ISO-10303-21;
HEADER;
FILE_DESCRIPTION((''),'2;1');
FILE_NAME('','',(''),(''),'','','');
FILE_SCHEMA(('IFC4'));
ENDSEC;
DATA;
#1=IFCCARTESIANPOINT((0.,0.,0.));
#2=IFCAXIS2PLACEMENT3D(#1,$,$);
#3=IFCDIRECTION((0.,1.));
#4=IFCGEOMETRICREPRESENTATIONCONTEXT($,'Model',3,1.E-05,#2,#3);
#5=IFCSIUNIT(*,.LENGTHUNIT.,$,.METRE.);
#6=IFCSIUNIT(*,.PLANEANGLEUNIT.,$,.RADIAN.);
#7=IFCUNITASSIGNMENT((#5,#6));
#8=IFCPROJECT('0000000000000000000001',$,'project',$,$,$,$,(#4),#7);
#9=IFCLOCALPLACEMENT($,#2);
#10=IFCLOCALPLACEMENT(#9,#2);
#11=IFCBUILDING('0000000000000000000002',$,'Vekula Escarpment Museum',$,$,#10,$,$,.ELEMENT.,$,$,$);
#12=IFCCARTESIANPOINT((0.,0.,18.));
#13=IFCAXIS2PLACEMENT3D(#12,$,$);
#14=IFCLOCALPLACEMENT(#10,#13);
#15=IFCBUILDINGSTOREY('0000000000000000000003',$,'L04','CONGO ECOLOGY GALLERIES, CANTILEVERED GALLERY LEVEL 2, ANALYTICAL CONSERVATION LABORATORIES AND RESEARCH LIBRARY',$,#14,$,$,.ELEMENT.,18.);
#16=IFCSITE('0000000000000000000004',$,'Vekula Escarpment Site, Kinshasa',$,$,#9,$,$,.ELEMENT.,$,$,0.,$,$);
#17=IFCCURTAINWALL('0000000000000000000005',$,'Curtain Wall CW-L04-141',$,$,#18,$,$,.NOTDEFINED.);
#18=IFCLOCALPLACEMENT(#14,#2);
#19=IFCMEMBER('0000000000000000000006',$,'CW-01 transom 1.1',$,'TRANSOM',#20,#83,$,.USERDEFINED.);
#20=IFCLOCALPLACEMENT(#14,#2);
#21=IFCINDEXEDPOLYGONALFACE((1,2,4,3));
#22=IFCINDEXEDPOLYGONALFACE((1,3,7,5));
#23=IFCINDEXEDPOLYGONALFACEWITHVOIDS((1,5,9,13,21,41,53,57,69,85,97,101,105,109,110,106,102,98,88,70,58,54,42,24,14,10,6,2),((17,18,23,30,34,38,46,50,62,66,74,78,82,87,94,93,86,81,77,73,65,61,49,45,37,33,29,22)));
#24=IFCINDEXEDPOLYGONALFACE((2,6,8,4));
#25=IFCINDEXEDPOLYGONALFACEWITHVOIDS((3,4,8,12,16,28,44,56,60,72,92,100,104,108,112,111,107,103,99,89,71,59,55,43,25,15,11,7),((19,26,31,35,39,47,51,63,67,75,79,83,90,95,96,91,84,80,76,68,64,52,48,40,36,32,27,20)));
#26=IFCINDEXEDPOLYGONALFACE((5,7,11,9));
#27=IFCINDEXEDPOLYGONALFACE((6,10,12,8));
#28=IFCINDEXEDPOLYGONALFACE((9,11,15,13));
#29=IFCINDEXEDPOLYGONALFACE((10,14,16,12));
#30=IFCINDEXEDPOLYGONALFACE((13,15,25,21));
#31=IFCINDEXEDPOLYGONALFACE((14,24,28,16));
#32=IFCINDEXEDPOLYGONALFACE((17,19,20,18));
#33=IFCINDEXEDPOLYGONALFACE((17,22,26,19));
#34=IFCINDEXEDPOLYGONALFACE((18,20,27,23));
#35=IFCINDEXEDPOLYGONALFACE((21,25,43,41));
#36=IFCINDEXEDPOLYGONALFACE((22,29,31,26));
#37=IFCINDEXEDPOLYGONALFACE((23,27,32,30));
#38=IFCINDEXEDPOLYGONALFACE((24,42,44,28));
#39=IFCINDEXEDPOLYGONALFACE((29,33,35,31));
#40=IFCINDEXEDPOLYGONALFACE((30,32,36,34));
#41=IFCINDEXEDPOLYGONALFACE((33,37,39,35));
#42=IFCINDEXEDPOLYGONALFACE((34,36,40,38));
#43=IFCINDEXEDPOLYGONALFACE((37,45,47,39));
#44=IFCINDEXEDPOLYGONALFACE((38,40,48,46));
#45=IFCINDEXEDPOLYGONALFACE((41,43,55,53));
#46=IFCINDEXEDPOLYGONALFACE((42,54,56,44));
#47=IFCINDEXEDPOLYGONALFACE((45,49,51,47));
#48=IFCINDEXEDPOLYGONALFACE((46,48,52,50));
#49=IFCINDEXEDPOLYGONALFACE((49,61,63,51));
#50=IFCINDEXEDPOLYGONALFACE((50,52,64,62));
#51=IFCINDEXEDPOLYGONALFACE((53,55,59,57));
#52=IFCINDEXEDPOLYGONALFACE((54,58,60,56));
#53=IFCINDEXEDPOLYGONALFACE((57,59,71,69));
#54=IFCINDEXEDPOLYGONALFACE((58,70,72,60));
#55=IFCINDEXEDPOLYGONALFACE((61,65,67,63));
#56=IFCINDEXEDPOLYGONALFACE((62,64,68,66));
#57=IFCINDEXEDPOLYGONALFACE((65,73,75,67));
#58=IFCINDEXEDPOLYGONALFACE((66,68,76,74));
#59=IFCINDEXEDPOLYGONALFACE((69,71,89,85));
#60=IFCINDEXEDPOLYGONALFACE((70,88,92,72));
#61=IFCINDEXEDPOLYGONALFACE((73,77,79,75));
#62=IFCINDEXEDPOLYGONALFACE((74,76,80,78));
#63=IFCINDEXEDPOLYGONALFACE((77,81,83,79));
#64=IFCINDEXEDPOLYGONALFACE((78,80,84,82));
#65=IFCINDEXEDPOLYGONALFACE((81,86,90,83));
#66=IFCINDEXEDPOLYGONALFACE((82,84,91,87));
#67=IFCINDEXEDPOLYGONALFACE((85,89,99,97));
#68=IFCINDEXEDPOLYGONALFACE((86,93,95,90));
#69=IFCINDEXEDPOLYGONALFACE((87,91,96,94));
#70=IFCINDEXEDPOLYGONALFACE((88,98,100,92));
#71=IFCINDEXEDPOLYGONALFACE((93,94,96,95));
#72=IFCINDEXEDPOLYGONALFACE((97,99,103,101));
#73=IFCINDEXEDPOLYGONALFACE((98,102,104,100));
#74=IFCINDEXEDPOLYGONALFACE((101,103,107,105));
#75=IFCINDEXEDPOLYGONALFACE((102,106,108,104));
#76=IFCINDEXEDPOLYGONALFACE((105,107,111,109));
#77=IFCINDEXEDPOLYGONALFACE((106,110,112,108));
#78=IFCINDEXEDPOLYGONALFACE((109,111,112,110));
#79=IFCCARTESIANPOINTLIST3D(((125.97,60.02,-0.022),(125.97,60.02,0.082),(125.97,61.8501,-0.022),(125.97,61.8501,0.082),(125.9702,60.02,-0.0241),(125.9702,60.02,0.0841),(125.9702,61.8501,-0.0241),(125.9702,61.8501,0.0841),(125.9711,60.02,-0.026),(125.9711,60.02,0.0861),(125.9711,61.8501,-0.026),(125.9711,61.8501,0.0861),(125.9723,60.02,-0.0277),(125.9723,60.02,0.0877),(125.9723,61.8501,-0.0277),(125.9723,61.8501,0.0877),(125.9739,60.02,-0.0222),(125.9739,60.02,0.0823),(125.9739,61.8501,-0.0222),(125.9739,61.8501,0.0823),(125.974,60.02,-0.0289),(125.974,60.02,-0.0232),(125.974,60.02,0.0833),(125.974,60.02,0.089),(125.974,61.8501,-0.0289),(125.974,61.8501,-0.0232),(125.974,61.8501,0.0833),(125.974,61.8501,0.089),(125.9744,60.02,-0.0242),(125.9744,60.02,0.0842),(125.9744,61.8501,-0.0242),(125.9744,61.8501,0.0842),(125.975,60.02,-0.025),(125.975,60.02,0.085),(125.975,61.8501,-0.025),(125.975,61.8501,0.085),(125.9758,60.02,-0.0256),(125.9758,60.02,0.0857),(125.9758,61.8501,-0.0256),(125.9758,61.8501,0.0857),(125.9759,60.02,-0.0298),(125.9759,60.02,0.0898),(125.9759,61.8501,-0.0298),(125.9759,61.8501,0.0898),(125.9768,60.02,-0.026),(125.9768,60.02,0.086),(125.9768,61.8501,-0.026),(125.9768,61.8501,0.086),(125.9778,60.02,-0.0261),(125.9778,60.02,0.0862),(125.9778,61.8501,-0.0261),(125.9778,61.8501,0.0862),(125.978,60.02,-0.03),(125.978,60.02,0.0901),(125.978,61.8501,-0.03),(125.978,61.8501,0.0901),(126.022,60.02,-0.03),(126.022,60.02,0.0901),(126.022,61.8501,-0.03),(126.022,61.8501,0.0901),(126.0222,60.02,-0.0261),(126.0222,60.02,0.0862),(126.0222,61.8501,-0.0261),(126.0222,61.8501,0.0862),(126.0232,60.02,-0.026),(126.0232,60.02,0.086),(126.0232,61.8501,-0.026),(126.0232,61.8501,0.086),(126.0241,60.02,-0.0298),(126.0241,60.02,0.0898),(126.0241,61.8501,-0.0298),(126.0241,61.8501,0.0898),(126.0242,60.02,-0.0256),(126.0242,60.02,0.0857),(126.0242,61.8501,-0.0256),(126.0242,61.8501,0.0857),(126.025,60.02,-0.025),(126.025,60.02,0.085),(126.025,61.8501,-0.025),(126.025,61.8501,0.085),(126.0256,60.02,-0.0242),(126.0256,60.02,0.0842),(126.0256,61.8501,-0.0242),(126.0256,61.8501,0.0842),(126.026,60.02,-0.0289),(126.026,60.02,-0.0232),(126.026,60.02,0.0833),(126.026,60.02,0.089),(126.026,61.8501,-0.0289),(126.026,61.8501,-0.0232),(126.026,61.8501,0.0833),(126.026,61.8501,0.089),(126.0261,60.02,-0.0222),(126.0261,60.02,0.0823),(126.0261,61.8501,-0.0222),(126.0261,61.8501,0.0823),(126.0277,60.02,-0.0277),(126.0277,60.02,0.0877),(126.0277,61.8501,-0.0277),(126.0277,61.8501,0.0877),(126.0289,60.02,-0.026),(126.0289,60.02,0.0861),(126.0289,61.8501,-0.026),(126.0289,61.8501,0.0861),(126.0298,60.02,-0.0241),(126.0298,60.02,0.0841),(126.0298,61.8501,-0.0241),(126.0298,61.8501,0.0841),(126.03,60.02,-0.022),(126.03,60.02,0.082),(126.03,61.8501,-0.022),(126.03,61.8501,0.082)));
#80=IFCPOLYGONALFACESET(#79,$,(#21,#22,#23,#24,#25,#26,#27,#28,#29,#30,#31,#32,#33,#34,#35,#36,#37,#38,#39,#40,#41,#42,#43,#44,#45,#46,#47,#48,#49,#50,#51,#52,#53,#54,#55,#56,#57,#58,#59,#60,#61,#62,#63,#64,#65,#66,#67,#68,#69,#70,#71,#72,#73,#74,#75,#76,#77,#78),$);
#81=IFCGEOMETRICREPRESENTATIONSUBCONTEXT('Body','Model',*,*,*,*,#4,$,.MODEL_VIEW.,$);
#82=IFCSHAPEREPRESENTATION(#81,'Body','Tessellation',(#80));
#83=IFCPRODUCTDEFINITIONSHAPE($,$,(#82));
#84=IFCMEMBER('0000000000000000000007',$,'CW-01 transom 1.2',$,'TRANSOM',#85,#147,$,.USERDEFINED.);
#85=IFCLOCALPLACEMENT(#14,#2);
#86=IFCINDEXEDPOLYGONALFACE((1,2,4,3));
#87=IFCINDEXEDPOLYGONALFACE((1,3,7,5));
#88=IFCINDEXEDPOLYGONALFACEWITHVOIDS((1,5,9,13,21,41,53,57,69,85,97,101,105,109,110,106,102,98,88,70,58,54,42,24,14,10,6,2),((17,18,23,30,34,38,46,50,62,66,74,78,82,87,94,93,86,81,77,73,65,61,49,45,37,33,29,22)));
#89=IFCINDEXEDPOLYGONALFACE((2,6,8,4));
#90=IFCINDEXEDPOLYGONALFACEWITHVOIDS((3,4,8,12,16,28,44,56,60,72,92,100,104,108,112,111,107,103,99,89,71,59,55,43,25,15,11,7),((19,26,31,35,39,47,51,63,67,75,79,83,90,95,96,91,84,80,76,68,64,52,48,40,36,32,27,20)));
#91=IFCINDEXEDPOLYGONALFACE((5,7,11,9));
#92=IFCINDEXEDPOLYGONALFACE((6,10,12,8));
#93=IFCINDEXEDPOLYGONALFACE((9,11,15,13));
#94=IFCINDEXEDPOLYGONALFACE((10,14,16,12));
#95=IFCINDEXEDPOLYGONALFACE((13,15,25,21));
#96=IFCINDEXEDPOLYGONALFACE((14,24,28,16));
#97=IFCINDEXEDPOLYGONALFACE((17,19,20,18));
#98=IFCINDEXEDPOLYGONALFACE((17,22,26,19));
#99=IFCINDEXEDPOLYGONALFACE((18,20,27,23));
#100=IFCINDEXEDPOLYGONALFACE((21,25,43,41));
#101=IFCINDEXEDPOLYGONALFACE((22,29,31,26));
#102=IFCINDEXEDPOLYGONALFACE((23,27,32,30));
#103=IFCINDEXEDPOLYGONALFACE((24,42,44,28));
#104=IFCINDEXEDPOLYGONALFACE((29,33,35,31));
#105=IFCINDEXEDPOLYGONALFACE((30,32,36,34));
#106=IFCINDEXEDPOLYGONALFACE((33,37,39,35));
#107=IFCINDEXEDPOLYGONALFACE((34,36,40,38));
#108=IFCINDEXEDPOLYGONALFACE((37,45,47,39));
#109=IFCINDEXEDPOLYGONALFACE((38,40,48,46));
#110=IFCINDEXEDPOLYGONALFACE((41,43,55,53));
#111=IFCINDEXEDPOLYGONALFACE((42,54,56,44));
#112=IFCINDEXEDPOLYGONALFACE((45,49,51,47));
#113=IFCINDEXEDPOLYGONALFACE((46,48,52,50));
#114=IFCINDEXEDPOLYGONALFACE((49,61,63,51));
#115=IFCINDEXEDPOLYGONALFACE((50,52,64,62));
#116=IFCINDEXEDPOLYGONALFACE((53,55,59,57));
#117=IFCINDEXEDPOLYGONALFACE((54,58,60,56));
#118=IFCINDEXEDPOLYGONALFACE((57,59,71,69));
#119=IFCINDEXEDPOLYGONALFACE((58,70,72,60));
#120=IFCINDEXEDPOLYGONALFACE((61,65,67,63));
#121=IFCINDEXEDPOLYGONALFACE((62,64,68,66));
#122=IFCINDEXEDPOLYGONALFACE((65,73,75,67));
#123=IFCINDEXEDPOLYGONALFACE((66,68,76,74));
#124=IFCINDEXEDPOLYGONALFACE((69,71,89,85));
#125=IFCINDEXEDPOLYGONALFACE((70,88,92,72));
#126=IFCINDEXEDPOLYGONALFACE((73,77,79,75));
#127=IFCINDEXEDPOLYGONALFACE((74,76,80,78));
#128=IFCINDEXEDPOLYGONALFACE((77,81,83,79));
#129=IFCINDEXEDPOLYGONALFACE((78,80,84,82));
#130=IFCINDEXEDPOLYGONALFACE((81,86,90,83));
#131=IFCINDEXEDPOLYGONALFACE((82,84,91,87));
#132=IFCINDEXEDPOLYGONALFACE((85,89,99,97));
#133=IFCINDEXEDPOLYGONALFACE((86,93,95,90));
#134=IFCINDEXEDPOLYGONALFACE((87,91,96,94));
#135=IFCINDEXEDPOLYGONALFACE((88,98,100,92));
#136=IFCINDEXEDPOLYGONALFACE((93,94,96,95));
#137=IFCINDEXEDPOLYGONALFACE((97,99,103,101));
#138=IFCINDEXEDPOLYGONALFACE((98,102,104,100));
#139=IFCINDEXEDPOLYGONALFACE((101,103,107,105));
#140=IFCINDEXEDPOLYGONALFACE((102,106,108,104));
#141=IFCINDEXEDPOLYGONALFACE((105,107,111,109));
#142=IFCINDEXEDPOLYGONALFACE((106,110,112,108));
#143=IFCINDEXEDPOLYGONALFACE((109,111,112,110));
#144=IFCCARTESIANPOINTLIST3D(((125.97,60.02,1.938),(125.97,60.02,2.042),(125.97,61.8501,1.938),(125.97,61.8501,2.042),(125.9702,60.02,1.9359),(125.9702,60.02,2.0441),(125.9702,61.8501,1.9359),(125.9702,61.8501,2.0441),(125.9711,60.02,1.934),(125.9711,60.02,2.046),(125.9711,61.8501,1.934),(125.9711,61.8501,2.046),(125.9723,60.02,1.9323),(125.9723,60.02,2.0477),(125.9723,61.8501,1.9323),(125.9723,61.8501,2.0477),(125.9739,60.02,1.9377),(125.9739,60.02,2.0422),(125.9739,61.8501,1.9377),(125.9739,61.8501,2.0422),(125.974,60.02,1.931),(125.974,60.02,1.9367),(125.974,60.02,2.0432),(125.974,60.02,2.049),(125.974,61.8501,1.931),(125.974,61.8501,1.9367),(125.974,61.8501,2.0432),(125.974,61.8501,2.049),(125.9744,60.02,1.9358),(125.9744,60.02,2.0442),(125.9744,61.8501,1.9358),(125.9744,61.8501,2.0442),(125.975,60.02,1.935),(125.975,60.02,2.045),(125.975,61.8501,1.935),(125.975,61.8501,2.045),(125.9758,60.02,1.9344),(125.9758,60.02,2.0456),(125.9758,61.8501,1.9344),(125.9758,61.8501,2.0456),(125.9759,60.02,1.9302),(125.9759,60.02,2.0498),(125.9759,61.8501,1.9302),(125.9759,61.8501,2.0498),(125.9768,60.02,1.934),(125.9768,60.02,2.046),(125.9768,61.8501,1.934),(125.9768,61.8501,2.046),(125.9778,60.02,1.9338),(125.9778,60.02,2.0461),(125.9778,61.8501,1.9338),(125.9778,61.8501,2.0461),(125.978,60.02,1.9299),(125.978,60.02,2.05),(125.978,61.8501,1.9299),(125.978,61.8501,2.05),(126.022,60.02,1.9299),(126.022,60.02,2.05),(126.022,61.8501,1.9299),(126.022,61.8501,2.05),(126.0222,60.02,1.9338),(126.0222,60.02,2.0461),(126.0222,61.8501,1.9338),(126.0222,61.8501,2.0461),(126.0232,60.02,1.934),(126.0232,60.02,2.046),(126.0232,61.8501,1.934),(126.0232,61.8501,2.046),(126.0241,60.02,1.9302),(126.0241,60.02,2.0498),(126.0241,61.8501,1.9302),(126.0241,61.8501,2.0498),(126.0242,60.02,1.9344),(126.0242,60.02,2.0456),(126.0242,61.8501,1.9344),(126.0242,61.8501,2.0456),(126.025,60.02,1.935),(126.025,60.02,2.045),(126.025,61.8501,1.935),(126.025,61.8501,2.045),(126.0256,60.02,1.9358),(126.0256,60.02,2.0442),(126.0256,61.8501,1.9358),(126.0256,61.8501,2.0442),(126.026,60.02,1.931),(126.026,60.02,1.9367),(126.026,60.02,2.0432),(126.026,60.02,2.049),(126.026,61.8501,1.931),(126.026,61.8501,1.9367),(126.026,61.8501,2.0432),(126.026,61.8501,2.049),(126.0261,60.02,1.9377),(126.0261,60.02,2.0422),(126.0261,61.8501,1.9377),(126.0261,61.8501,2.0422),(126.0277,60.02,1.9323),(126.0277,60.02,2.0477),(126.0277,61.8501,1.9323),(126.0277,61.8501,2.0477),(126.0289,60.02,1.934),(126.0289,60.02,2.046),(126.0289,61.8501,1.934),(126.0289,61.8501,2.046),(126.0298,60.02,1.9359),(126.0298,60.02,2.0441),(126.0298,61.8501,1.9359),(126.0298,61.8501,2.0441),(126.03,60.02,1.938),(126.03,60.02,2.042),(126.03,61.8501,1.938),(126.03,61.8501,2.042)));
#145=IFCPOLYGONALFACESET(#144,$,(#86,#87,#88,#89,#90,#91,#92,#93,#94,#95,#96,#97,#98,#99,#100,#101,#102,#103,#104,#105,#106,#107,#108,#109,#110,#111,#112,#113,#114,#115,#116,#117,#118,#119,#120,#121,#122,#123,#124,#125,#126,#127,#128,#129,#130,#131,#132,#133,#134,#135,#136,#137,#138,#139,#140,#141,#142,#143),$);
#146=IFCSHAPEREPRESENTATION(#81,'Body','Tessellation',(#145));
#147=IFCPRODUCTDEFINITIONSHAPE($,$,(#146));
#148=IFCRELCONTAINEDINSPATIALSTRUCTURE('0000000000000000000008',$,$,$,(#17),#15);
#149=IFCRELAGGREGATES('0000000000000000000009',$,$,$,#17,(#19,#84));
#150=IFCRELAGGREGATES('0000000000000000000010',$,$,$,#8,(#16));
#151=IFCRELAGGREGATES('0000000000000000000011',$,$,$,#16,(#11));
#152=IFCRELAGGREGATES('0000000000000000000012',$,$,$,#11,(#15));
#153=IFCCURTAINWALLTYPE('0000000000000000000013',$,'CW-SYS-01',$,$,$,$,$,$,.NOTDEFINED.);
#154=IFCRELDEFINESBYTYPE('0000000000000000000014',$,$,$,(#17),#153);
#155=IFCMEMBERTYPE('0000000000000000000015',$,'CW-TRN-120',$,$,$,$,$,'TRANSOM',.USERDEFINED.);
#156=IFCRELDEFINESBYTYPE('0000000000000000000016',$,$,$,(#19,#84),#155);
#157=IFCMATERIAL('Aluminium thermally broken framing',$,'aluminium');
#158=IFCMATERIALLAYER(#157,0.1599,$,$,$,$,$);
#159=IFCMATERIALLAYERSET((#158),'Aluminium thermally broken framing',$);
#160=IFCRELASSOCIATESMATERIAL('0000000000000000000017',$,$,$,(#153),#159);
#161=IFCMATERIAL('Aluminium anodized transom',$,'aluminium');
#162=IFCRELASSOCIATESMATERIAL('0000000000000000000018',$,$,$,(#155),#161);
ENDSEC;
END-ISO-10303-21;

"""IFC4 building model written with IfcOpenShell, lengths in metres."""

from ifc_helpers import new_model, si_unit, direction, frame, origin, origin_2d, place, context, subcontext, project, spatial, hollow_rectangle, extrude, material, layer, layer_set, material_profile, profile_set, type_object, element, aggregate, save


model = new_model("IFC4")

# Units and contexts
model_context = context("Model", 3, precision=1e-05, world=origin(), true_north=direction((0.0, 1.0)))
body_context = subcontext(model_context, "Body", "Model", "MODEL_VIEW")
ifc_project = project(units=[si_unit("LENGTHUNIT", "METRE"), si_unit("PLANEANGLEUNIT", "RADIAN")], contexts=[model_context])

# Site, building, storey
site_placement = place(None, origin())
site = spatial("IfcSite", under=ifc_project, at=site_placement, Name="Vekula Escarpment Site, Kinshasa", CompositionType="ELEMENT", RefElevation=0.0)
building_placement = place(site_placement, origin())
building = spatial("IfcBuilding", under=site, at=building_placement, Name="Vekula Escarpment Museum", CompositionType="ELEMENT")
storey_placement = place(building_placement, frame((0.0, 0.0, 18.0)))
storey = spatial("IfcBuildingStorey", under=building, at=storey_placement, Name="L04", Description="CONGO ECOLOGY GALLERIES, CANTILEVERED GALLERY LEVEL 2, ANALYTICAL CONSERVATION LABORATORIES AND RESEARCH LIBRARY", CompositionType="ELEMENT", Elevation=18.0)

# Curtain wall, members
ifc_material_1 = material(Name="Aluminium thermally broken framing", Category="aluminium")
ifc_layer_1 = layer(ifc_material_1, 0.1599)
ifc_layer_set_1 = layer_set([ifc_layer_1], Name="Aluminium thermally broken framing")
curtain_wall_type = type_object("IfcCurtainWallType", Name="CW-SYS-01", PredefinedType="NOTDEFINED", material=ifc_layer_set_1)
curtain_wall_placement = place(storey_placement, origin())
curtain_wall = element("IfcCurtainWall", 1, at=curtain_wall_placement, inside=storey, type_object=curtain_wall_type, Name="Curtain Wall CW-L04-141", PredefinedType="NOTDEFINED")
ifc_material_2 = material(Name="Aluminium anodized transom", Category="aluminium")
ifc_material_profile_1 = material_profile(ifc_material_2, hollow_rectangle(XDim=0.0601, YDim=0.1201, WallThickness=0.0039, InnerFilletRadius=0.0039, OuterFilletRadius=0.0081, at=origin_2d()), Name="ALU 120x60x4")
ifc_profile_set_1 = profile_set([ifc_material_profile_1], Name="Aluminium anodized transom")
member_type_1 = type_object("IfcMemberType", Name="CW-TRN-120", ElementType="TRANSOM", PredefinedType="USERDEFINED", material=ifc_profile_set_1)
member_1_placement = place(storey_placement, frame((126.0, 60.02, 0.03), z_axis=(0.0, 1.0, 0.0), x_axis=(-1.0, 0.0, 0.0)))
member_1 = element("IfcMember", 2, at=member_1_placement, type_object=member_type_1, Name="CW-01 transom 1.1", ObjectType="TRANSOM", PredefinedType="USERDEFINED", context=body_context, shape_type="SweptSolid", body=[
    extrude(hollow_rectangle(XDim=0.0601, YDim=0.1201, WallThickness=0.0039, InnerFilletRadius=0.0039, OuterFilletRadius=0.0081, at=origin_2d()), origin(), (0.0, 0.0, 1.0), 1.8301),
])
member_2_placement = place(storey_placement, frame((126.0, 60.02, 1.99), z_axis=(0.0, 1.0, 0.0), x_axis=(-1.0, 0.0, 0.0)))
member_2 = element("IfcMember", 3, at=member_2_placement, type_object=member_type_1, Name="CW-01 transom 1.2", ObjectType="TRANSOM", PredefinedType="USERDEFINED", context=body_context, shape_type="SweptSolid", body=[
    extrude(hollow_rectangle(XDim=0.0601, YDim=0.1201, WallThickness=0.0039, InnerFilletRadius=0.0039, OuterFilletRadius=0.0081, at=origin_2d()), origin(), (0.0, 0.0, 1.0), 1.8301),
])
aggregate(curtain_wall, [member_1, member_2])

save(model, "model.ifc")
